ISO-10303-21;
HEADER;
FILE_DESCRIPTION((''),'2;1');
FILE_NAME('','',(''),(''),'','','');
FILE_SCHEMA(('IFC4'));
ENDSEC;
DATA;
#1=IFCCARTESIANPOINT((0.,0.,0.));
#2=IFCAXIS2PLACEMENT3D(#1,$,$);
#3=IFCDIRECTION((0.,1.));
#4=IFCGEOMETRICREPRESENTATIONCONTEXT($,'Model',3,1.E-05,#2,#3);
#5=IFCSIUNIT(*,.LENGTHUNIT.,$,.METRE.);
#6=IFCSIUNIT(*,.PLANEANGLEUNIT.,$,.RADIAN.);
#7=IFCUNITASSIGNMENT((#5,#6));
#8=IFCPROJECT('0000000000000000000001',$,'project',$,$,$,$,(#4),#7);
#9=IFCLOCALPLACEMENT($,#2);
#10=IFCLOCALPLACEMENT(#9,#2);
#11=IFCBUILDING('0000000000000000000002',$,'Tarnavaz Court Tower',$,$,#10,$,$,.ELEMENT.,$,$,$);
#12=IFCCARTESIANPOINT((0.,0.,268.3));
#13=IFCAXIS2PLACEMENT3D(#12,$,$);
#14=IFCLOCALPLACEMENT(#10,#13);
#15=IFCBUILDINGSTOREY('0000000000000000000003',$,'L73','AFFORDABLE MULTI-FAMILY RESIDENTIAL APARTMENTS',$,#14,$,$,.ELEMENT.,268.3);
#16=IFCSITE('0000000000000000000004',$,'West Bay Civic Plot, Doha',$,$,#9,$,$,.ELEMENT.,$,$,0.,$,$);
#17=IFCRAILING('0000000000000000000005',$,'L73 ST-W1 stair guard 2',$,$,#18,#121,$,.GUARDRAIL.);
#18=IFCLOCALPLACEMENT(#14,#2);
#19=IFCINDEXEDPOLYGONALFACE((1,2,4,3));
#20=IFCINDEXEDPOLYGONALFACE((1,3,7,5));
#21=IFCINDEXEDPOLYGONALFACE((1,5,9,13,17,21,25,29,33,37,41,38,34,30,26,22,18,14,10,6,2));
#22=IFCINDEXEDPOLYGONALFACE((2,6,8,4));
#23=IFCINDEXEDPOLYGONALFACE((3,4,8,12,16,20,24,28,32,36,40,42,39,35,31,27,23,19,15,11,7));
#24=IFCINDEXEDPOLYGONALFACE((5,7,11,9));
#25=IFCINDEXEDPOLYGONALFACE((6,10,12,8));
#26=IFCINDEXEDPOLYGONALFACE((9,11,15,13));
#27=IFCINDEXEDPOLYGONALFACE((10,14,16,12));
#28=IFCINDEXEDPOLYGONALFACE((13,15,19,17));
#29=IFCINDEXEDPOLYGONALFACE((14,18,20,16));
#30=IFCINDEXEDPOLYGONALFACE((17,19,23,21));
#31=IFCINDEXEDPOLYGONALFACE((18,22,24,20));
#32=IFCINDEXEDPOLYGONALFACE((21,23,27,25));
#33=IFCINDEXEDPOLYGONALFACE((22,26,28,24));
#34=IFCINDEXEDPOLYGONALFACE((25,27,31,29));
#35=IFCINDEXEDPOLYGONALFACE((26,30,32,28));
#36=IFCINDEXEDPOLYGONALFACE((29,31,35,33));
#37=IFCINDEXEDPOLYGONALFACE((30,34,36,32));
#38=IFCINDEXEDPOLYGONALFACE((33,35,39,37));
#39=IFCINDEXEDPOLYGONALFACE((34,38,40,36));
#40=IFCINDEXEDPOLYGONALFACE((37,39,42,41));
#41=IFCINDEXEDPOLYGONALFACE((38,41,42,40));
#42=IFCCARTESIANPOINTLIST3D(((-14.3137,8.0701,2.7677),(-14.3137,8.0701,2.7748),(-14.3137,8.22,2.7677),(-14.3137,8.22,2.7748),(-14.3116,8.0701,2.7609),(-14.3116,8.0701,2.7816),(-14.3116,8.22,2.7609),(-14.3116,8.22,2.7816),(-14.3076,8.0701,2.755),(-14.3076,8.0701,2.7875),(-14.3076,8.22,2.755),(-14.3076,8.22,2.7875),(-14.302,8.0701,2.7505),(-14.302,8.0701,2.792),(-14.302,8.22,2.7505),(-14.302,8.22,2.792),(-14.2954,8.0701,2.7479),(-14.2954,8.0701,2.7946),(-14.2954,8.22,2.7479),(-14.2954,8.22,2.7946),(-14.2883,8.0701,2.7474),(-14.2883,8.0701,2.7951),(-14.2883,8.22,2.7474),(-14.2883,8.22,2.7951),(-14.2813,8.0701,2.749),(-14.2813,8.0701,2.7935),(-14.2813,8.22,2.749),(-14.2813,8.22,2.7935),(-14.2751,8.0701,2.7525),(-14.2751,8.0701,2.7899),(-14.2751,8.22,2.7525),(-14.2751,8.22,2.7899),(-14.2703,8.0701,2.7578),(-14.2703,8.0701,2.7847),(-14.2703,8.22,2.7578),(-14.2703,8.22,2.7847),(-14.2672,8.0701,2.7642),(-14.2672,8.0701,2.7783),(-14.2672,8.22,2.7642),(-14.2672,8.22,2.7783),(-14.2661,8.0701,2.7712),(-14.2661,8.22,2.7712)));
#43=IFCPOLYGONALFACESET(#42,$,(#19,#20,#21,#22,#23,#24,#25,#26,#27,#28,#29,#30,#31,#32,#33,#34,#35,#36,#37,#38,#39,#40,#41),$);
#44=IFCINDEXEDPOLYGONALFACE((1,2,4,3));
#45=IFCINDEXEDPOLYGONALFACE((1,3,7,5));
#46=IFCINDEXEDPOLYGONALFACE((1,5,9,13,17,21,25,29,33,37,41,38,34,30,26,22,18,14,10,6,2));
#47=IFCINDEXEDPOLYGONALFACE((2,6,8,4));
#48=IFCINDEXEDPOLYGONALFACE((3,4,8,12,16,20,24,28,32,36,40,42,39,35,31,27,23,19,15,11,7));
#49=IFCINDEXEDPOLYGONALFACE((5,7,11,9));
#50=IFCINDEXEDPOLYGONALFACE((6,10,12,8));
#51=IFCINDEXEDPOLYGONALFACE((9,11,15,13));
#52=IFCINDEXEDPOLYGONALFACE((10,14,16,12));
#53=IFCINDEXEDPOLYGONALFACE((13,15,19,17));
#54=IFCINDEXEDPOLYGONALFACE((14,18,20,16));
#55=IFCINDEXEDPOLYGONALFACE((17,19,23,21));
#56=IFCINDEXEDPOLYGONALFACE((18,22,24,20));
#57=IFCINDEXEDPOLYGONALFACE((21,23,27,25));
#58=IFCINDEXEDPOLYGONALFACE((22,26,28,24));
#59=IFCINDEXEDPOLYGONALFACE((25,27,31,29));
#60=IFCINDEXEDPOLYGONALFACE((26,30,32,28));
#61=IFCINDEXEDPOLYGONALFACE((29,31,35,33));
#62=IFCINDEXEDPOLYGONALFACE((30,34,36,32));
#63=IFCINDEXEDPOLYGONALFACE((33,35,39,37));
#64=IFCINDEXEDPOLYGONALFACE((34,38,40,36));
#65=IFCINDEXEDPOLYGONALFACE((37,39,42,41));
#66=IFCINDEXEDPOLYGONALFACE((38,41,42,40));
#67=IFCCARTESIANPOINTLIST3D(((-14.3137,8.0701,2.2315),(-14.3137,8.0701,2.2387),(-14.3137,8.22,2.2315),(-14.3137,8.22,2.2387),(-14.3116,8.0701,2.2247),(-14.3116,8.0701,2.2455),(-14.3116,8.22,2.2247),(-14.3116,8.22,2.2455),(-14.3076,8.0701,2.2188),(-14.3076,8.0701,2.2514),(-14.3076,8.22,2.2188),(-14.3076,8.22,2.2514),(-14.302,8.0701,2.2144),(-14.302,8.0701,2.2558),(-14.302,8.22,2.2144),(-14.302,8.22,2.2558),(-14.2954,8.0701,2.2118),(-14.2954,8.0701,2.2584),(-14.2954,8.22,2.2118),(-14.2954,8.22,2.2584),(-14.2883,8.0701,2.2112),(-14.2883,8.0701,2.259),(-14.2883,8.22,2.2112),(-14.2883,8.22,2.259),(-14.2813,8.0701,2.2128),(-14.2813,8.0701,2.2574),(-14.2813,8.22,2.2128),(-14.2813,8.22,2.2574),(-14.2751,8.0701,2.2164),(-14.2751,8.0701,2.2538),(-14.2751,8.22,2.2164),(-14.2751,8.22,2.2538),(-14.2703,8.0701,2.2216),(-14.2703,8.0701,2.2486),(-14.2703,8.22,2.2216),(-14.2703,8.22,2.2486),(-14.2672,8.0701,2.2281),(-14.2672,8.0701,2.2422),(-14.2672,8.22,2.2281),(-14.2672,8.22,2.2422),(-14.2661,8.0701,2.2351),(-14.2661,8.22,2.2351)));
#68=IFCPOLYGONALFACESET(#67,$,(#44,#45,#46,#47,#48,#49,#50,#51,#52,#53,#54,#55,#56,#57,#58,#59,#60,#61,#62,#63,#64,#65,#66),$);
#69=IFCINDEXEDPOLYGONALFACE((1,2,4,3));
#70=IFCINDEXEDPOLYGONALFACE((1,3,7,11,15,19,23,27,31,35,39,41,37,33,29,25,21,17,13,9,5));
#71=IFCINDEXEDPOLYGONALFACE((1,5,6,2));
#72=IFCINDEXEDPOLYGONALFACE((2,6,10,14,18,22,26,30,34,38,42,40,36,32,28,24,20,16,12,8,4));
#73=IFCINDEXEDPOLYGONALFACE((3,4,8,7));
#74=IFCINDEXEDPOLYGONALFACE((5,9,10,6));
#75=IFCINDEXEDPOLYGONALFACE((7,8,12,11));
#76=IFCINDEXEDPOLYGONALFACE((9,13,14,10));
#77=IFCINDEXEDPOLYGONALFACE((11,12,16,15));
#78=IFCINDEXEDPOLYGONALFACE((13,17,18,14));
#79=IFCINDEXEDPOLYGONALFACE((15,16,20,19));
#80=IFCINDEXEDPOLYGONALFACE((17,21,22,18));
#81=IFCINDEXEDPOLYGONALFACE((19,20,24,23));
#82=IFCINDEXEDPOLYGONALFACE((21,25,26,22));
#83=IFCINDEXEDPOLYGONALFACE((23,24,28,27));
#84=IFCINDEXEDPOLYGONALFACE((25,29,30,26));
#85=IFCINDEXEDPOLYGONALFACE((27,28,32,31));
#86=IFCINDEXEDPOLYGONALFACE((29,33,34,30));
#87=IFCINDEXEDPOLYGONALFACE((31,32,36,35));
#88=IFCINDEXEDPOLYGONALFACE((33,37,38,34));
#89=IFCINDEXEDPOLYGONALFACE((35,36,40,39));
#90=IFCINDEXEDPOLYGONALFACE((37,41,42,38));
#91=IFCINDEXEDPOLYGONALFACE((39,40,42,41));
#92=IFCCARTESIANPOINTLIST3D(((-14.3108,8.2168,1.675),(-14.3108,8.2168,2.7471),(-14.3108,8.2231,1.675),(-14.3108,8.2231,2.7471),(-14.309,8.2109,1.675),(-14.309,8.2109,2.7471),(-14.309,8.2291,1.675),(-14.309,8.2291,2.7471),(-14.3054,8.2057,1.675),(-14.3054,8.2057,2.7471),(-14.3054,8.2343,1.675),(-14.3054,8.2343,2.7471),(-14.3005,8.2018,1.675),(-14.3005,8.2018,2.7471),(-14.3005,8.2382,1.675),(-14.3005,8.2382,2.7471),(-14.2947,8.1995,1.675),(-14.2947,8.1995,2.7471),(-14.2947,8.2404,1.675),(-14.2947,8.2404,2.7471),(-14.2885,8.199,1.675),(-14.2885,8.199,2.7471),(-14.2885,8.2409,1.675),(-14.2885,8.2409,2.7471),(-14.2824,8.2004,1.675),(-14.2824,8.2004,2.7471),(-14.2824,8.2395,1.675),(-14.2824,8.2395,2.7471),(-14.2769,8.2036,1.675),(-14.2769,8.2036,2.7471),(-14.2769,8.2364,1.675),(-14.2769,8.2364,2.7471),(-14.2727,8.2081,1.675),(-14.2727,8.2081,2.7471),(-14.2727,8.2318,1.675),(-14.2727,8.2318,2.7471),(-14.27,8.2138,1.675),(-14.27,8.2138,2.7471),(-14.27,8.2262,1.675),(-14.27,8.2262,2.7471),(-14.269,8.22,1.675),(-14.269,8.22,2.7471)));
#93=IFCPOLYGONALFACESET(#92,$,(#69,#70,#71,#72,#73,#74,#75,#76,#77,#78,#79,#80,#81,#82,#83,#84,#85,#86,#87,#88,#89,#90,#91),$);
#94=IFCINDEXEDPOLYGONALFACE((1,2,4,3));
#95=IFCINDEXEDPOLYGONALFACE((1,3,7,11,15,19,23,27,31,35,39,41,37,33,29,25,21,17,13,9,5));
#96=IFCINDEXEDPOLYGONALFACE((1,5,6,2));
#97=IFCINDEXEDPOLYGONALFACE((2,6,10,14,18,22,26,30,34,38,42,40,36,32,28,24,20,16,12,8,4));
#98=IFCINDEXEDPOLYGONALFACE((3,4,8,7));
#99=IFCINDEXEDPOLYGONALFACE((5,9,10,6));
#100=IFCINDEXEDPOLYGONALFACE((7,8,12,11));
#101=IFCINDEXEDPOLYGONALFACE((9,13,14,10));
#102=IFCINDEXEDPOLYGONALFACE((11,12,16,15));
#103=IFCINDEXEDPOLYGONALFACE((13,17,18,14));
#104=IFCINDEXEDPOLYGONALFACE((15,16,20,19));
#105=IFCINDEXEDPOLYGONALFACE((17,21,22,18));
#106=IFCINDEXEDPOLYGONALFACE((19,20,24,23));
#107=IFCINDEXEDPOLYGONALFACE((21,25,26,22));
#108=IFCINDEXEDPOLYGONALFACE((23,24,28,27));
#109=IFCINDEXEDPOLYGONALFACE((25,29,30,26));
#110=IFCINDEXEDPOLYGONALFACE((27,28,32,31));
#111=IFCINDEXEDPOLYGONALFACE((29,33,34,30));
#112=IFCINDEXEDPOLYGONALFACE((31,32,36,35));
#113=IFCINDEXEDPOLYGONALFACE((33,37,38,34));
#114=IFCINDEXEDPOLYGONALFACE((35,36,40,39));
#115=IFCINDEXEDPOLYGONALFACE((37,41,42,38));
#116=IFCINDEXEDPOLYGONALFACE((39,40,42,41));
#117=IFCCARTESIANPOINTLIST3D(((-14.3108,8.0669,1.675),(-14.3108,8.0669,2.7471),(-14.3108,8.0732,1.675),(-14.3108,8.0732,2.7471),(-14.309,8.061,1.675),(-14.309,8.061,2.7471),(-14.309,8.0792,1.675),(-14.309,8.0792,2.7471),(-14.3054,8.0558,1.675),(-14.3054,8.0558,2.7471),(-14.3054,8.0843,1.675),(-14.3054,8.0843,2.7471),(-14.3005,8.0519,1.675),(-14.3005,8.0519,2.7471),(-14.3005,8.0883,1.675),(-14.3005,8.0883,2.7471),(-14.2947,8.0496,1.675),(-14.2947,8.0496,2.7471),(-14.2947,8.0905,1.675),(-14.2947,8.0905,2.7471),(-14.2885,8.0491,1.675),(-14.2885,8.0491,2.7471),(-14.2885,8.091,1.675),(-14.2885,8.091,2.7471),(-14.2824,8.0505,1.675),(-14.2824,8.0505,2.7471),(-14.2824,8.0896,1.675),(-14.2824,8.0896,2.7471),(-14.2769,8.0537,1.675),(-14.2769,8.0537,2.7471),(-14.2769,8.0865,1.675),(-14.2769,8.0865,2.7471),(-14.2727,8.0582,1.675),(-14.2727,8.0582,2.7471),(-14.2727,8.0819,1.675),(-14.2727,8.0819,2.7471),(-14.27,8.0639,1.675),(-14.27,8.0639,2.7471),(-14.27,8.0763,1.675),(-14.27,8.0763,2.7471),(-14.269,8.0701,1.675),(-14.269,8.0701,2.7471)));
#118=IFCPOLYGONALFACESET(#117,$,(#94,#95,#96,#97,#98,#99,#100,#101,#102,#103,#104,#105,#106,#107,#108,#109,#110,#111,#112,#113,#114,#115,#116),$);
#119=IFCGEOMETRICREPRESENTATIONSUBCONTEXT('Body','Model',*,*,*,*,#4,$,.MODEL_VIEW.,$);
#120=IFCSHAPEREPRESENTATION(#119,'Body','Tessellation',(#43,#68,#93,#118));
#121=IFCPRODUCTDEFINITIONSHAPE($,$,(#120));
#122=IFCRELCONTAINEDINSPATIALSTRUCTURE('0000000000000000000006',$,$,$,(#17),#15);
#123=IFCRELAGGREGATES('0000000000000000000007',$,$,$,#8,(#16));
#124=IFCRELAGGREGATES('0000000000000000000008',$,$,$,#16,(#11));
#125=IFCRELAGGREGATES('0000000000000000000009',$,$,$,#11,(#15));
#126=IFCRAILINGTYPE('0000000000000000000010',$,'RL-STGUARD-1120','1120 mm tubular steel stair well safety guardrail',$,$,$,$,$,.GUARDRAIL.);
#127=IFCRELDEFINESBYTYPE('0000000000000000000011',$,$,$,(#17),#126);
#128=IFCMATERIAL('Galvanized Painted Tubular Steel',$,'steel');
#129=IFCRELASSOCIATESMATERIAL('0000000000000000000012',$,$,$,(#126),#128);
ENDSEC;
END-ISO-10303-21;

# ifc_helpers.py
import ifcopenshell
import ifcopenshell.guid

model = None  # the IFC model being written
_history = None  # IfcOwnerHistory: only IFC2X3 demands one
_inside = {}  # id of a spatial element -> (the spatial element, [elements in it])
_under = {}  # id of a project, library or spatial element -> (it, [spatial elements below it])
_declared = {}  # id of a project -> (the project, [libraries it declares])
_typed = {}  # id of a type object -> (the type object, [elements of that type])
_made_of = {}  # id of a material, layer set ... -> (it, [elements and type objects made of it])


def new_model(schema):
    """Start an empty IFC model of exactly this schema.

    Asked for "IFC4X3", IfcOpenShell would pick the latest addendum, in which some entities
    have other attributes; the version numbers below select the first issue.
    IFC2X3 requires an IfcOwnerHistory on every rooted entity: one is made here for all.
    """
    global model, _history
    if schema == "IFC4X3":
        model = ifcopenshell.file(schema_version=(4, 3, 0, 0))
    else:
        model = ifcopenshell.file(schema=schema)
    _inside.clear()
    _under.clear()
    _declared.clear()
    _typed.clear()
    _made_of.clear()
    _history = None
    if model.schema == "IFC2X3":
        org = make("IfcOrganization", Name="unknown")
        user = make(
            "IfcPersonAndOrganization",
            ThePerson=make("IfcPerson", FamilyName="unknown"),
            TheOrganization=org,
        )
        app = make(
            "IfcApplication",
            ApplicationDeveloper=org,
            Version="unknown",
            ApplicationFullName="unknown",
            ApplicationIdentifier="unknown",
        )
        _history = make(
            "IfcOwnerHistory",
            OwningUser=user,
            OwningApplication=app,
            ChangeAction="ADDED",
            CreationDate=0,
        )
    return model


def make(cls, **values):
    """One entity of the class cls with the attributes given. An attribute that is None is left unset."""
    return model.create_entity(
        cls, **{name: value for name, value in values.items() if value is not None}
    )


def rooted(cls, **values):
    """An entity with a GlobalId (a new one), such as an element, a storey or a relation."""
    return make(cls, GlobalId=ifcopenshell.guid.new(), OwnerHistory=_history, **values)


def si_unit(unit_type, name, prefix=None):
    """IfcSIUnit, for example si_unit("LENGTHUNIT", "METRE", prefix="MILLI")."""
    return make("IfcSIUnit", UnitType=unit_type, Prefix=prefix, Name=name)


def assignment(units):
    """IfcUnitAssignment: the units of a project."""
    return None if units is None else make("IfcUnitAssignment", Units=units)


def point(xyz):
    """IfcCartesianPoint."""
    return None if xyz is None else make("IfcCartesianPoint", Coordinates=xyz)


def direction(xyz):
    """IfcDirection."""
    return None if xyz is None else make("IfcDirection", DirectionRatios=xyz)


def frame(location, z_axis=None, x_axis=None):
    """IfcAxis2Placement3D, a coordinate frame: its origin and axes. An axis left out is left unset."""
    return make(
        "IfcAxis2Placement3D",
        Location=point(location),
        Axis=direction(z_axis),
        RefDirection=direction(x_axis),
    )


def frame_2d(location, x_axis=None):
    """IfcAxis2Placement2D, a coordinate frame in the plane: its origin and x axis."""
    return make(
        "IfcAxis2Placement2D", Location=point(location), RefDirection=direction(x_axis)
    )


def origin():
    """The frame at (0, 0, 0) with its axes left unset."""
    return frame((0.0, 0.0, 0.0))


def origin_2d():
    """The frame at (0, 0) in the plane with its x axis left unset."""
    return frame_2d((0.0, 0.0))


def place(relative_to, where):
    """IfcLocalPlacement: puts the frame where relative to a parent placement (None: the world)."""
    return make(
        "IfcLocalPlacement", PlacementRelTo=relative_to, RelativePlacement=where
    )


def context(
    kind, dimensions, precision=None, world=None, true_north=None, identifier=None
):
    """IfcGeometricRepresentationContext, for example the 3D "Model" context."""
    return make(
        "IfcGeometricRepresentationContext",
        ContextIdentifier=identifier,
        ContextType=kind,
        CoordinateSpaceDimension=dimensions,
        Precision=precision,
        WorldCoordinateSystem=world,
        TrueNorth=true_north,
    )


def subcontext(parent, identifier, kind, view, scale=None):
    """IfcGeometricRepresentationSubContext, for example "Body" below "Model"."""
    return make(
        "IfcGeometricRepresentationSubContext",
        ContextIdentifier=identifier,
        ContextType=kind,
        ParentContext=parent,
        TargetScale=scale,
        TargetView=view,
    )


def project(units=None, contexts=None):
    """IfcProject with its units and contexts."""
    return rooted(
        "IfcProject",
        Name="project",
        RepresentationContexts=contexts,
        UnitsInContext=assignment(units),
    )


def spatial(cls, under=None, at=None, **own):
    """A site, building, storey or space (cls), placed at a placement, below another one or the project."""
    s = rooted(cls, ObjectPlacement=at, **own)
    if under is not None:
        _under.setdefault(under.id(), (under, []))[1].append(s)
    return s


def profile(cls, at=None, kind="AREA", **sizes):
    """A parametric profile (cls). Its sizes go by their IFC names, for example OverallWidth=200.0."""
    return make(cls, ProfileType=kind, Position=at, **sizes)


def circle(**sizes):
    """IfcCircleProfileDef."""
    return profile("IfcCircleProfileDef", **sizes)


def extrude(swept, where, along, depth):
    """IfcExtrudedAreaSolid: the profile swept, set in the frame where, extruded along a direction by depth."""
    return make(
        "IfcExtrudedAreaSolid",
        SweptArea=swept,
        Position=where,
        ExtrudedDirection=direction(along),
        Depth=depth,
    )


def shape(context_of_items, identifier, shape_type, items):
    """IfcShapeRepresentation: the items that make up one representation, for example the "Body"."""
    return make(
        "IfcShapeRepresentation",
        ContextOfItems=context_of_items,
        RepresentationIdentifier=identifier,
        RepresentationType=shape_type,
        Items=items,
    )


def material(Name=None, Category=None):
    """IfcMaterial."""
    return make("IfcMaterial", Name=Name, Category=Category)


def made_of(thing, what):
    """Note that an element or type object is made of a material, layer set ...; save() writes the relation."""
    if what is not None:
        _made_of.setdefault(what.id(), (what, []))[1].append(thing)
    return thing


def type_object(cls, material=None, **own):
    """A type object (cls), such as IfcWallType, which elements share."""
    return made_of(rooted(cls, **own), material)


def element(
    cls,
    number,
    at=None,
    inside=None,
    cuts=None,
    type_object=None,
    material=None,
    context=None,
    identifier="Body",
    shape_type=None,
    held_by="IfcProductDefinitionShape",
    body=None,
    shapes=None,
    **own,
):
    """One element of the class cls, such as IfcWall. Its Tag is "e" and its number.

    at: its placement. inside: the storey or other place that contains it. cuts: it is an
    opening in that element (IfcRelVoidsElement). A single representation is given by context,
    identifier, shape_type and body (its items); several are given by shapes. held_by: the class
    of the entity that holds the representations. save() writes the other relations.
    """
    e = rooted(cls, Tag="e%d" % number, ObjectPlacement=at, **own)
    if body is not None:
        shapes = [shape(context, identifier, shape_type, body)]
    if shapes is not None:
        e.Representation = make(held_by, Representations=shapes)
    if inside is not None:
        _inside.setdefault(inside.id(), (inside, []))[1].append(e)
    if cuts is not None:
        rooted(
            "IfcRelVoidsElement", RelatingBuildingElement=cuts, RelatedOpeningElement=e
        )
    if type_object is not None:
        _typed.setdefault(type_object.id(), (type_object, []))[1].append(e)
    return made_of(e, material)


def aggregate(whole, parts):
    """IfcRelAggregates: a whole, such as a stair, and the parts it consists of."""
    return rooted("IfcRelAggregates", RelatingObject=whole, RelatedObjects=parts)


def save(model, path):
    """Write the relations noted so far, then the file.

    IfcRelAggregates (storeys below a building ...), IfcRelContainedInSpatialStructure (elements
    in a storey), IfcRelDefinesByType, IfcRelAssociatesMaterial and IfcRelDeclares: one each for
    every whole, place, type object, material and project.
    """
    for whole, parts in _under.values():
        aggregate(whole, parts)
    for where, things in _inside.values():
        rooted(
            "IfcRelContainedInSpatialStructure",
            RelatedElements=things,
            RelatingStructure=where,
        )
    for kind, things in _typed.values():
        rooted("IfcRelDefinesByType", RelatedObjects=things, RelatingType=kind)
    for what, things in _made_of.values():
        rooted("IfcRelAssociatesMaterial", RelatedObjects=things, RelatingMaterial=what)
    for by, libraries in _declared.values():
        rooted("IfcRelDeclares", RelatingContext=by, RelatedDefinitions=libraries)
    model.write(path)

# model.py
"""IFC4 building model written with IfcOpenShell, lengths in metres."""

from ifc_helpers import new_model, si_unit, direction, frame, origin, origin_2d, place, context, subcontext, project, spatial, circle, extrude, material, type_object, element, save


model = new_model("IFC4")

# Units and contexts
model_context = context("Model", 3, precision=1e-05, world=origin(), true_north=direction((0.0, 1.0)))
body_context = subcontext(model_context, "Body", "Model", "MODEL_VIEW")
ifc_project = project(units=[si_unit("LENGTHUNIT", "METRE"), si_unit("PLANEANGLEUNIT", "RADIAN")], contexts=[model_context])

# Site, building, storey
site_placement = place(None, origin())
site = spatial("IfcSite", under=ifc_project, at=site_placement, Name="West Bay Civic Plot, Doha", CompositionType="ELEMENT", RefElevation=0.0)
building_placement = place(site_placement, origin())
building = spatial("IfcBuilding", under=site, at=building_placement, Name="Tarnavaz Court Tower", CompositionType="ELEMENT")
storey_placement = place(building_placement, frame((0.0, 0.0, 268.3)))
storey = spatial("IfcBuildingStorey", under=building, at=storey_placement, Name="L73", Description="AFFORDABLE MULTI-FAMILY RESIDENTIAL APARTMENTS", CompositionType="ELEMENT", Elevation=268.3)

# Railing
ifc_material_1 = material(Name="Galvanized Painted Tubular Steel", Category="steel")
railing_type_1 = type_object("IfcRailingType", Name="RL-STGUARD-1120", Description="1120 mm tubular steel stair well safety guardrail", PredefinedType="GUARDRAIL", material=ifc_material_1)
railing_1_placement = place(storey_placement, frame((-14.29, 8.22, 1.675)))
element("IfcRailing", 1, at=railing_1_placement, inside=storey, type_object=railing_type_1, Name="L73 ST-W1 stair guard 2", PredefinedType="GUARDRAIL", context=body_context, shape_type="SweptSolid", body=[
    extrude(circle(Radius=0.0239, at=origin_2d()), frame((0.0, 0.0, 1.0962), z_axis=(0.0, -1.0, 0.0), x_axis=(1.0, 0.0, 0.0)), (0.0, 0.0, 1.0), 0.1499),
    extrude(circle(Radius=0.0239, at=origin_2d()), frame((0.0, 0.0, 0.5601), z_axis=(0.0, -1.0, 0.0), x_axis=(1.0, 0.0, 0.0)), (0.0, 0.0, 1.0), 0.1499),
    extrude(circle(Radius=0.021, at=origin_2d()), origin(), (0.0, 0.0, 1.0), 1.072),
    extrude(circle(Radius=0.021, at=origin_2d()), frame((0.0, -0.1499, 0.0)), (0.0, 0.0, 1.0), 1.072),
])

save(model, "model.ifc")
